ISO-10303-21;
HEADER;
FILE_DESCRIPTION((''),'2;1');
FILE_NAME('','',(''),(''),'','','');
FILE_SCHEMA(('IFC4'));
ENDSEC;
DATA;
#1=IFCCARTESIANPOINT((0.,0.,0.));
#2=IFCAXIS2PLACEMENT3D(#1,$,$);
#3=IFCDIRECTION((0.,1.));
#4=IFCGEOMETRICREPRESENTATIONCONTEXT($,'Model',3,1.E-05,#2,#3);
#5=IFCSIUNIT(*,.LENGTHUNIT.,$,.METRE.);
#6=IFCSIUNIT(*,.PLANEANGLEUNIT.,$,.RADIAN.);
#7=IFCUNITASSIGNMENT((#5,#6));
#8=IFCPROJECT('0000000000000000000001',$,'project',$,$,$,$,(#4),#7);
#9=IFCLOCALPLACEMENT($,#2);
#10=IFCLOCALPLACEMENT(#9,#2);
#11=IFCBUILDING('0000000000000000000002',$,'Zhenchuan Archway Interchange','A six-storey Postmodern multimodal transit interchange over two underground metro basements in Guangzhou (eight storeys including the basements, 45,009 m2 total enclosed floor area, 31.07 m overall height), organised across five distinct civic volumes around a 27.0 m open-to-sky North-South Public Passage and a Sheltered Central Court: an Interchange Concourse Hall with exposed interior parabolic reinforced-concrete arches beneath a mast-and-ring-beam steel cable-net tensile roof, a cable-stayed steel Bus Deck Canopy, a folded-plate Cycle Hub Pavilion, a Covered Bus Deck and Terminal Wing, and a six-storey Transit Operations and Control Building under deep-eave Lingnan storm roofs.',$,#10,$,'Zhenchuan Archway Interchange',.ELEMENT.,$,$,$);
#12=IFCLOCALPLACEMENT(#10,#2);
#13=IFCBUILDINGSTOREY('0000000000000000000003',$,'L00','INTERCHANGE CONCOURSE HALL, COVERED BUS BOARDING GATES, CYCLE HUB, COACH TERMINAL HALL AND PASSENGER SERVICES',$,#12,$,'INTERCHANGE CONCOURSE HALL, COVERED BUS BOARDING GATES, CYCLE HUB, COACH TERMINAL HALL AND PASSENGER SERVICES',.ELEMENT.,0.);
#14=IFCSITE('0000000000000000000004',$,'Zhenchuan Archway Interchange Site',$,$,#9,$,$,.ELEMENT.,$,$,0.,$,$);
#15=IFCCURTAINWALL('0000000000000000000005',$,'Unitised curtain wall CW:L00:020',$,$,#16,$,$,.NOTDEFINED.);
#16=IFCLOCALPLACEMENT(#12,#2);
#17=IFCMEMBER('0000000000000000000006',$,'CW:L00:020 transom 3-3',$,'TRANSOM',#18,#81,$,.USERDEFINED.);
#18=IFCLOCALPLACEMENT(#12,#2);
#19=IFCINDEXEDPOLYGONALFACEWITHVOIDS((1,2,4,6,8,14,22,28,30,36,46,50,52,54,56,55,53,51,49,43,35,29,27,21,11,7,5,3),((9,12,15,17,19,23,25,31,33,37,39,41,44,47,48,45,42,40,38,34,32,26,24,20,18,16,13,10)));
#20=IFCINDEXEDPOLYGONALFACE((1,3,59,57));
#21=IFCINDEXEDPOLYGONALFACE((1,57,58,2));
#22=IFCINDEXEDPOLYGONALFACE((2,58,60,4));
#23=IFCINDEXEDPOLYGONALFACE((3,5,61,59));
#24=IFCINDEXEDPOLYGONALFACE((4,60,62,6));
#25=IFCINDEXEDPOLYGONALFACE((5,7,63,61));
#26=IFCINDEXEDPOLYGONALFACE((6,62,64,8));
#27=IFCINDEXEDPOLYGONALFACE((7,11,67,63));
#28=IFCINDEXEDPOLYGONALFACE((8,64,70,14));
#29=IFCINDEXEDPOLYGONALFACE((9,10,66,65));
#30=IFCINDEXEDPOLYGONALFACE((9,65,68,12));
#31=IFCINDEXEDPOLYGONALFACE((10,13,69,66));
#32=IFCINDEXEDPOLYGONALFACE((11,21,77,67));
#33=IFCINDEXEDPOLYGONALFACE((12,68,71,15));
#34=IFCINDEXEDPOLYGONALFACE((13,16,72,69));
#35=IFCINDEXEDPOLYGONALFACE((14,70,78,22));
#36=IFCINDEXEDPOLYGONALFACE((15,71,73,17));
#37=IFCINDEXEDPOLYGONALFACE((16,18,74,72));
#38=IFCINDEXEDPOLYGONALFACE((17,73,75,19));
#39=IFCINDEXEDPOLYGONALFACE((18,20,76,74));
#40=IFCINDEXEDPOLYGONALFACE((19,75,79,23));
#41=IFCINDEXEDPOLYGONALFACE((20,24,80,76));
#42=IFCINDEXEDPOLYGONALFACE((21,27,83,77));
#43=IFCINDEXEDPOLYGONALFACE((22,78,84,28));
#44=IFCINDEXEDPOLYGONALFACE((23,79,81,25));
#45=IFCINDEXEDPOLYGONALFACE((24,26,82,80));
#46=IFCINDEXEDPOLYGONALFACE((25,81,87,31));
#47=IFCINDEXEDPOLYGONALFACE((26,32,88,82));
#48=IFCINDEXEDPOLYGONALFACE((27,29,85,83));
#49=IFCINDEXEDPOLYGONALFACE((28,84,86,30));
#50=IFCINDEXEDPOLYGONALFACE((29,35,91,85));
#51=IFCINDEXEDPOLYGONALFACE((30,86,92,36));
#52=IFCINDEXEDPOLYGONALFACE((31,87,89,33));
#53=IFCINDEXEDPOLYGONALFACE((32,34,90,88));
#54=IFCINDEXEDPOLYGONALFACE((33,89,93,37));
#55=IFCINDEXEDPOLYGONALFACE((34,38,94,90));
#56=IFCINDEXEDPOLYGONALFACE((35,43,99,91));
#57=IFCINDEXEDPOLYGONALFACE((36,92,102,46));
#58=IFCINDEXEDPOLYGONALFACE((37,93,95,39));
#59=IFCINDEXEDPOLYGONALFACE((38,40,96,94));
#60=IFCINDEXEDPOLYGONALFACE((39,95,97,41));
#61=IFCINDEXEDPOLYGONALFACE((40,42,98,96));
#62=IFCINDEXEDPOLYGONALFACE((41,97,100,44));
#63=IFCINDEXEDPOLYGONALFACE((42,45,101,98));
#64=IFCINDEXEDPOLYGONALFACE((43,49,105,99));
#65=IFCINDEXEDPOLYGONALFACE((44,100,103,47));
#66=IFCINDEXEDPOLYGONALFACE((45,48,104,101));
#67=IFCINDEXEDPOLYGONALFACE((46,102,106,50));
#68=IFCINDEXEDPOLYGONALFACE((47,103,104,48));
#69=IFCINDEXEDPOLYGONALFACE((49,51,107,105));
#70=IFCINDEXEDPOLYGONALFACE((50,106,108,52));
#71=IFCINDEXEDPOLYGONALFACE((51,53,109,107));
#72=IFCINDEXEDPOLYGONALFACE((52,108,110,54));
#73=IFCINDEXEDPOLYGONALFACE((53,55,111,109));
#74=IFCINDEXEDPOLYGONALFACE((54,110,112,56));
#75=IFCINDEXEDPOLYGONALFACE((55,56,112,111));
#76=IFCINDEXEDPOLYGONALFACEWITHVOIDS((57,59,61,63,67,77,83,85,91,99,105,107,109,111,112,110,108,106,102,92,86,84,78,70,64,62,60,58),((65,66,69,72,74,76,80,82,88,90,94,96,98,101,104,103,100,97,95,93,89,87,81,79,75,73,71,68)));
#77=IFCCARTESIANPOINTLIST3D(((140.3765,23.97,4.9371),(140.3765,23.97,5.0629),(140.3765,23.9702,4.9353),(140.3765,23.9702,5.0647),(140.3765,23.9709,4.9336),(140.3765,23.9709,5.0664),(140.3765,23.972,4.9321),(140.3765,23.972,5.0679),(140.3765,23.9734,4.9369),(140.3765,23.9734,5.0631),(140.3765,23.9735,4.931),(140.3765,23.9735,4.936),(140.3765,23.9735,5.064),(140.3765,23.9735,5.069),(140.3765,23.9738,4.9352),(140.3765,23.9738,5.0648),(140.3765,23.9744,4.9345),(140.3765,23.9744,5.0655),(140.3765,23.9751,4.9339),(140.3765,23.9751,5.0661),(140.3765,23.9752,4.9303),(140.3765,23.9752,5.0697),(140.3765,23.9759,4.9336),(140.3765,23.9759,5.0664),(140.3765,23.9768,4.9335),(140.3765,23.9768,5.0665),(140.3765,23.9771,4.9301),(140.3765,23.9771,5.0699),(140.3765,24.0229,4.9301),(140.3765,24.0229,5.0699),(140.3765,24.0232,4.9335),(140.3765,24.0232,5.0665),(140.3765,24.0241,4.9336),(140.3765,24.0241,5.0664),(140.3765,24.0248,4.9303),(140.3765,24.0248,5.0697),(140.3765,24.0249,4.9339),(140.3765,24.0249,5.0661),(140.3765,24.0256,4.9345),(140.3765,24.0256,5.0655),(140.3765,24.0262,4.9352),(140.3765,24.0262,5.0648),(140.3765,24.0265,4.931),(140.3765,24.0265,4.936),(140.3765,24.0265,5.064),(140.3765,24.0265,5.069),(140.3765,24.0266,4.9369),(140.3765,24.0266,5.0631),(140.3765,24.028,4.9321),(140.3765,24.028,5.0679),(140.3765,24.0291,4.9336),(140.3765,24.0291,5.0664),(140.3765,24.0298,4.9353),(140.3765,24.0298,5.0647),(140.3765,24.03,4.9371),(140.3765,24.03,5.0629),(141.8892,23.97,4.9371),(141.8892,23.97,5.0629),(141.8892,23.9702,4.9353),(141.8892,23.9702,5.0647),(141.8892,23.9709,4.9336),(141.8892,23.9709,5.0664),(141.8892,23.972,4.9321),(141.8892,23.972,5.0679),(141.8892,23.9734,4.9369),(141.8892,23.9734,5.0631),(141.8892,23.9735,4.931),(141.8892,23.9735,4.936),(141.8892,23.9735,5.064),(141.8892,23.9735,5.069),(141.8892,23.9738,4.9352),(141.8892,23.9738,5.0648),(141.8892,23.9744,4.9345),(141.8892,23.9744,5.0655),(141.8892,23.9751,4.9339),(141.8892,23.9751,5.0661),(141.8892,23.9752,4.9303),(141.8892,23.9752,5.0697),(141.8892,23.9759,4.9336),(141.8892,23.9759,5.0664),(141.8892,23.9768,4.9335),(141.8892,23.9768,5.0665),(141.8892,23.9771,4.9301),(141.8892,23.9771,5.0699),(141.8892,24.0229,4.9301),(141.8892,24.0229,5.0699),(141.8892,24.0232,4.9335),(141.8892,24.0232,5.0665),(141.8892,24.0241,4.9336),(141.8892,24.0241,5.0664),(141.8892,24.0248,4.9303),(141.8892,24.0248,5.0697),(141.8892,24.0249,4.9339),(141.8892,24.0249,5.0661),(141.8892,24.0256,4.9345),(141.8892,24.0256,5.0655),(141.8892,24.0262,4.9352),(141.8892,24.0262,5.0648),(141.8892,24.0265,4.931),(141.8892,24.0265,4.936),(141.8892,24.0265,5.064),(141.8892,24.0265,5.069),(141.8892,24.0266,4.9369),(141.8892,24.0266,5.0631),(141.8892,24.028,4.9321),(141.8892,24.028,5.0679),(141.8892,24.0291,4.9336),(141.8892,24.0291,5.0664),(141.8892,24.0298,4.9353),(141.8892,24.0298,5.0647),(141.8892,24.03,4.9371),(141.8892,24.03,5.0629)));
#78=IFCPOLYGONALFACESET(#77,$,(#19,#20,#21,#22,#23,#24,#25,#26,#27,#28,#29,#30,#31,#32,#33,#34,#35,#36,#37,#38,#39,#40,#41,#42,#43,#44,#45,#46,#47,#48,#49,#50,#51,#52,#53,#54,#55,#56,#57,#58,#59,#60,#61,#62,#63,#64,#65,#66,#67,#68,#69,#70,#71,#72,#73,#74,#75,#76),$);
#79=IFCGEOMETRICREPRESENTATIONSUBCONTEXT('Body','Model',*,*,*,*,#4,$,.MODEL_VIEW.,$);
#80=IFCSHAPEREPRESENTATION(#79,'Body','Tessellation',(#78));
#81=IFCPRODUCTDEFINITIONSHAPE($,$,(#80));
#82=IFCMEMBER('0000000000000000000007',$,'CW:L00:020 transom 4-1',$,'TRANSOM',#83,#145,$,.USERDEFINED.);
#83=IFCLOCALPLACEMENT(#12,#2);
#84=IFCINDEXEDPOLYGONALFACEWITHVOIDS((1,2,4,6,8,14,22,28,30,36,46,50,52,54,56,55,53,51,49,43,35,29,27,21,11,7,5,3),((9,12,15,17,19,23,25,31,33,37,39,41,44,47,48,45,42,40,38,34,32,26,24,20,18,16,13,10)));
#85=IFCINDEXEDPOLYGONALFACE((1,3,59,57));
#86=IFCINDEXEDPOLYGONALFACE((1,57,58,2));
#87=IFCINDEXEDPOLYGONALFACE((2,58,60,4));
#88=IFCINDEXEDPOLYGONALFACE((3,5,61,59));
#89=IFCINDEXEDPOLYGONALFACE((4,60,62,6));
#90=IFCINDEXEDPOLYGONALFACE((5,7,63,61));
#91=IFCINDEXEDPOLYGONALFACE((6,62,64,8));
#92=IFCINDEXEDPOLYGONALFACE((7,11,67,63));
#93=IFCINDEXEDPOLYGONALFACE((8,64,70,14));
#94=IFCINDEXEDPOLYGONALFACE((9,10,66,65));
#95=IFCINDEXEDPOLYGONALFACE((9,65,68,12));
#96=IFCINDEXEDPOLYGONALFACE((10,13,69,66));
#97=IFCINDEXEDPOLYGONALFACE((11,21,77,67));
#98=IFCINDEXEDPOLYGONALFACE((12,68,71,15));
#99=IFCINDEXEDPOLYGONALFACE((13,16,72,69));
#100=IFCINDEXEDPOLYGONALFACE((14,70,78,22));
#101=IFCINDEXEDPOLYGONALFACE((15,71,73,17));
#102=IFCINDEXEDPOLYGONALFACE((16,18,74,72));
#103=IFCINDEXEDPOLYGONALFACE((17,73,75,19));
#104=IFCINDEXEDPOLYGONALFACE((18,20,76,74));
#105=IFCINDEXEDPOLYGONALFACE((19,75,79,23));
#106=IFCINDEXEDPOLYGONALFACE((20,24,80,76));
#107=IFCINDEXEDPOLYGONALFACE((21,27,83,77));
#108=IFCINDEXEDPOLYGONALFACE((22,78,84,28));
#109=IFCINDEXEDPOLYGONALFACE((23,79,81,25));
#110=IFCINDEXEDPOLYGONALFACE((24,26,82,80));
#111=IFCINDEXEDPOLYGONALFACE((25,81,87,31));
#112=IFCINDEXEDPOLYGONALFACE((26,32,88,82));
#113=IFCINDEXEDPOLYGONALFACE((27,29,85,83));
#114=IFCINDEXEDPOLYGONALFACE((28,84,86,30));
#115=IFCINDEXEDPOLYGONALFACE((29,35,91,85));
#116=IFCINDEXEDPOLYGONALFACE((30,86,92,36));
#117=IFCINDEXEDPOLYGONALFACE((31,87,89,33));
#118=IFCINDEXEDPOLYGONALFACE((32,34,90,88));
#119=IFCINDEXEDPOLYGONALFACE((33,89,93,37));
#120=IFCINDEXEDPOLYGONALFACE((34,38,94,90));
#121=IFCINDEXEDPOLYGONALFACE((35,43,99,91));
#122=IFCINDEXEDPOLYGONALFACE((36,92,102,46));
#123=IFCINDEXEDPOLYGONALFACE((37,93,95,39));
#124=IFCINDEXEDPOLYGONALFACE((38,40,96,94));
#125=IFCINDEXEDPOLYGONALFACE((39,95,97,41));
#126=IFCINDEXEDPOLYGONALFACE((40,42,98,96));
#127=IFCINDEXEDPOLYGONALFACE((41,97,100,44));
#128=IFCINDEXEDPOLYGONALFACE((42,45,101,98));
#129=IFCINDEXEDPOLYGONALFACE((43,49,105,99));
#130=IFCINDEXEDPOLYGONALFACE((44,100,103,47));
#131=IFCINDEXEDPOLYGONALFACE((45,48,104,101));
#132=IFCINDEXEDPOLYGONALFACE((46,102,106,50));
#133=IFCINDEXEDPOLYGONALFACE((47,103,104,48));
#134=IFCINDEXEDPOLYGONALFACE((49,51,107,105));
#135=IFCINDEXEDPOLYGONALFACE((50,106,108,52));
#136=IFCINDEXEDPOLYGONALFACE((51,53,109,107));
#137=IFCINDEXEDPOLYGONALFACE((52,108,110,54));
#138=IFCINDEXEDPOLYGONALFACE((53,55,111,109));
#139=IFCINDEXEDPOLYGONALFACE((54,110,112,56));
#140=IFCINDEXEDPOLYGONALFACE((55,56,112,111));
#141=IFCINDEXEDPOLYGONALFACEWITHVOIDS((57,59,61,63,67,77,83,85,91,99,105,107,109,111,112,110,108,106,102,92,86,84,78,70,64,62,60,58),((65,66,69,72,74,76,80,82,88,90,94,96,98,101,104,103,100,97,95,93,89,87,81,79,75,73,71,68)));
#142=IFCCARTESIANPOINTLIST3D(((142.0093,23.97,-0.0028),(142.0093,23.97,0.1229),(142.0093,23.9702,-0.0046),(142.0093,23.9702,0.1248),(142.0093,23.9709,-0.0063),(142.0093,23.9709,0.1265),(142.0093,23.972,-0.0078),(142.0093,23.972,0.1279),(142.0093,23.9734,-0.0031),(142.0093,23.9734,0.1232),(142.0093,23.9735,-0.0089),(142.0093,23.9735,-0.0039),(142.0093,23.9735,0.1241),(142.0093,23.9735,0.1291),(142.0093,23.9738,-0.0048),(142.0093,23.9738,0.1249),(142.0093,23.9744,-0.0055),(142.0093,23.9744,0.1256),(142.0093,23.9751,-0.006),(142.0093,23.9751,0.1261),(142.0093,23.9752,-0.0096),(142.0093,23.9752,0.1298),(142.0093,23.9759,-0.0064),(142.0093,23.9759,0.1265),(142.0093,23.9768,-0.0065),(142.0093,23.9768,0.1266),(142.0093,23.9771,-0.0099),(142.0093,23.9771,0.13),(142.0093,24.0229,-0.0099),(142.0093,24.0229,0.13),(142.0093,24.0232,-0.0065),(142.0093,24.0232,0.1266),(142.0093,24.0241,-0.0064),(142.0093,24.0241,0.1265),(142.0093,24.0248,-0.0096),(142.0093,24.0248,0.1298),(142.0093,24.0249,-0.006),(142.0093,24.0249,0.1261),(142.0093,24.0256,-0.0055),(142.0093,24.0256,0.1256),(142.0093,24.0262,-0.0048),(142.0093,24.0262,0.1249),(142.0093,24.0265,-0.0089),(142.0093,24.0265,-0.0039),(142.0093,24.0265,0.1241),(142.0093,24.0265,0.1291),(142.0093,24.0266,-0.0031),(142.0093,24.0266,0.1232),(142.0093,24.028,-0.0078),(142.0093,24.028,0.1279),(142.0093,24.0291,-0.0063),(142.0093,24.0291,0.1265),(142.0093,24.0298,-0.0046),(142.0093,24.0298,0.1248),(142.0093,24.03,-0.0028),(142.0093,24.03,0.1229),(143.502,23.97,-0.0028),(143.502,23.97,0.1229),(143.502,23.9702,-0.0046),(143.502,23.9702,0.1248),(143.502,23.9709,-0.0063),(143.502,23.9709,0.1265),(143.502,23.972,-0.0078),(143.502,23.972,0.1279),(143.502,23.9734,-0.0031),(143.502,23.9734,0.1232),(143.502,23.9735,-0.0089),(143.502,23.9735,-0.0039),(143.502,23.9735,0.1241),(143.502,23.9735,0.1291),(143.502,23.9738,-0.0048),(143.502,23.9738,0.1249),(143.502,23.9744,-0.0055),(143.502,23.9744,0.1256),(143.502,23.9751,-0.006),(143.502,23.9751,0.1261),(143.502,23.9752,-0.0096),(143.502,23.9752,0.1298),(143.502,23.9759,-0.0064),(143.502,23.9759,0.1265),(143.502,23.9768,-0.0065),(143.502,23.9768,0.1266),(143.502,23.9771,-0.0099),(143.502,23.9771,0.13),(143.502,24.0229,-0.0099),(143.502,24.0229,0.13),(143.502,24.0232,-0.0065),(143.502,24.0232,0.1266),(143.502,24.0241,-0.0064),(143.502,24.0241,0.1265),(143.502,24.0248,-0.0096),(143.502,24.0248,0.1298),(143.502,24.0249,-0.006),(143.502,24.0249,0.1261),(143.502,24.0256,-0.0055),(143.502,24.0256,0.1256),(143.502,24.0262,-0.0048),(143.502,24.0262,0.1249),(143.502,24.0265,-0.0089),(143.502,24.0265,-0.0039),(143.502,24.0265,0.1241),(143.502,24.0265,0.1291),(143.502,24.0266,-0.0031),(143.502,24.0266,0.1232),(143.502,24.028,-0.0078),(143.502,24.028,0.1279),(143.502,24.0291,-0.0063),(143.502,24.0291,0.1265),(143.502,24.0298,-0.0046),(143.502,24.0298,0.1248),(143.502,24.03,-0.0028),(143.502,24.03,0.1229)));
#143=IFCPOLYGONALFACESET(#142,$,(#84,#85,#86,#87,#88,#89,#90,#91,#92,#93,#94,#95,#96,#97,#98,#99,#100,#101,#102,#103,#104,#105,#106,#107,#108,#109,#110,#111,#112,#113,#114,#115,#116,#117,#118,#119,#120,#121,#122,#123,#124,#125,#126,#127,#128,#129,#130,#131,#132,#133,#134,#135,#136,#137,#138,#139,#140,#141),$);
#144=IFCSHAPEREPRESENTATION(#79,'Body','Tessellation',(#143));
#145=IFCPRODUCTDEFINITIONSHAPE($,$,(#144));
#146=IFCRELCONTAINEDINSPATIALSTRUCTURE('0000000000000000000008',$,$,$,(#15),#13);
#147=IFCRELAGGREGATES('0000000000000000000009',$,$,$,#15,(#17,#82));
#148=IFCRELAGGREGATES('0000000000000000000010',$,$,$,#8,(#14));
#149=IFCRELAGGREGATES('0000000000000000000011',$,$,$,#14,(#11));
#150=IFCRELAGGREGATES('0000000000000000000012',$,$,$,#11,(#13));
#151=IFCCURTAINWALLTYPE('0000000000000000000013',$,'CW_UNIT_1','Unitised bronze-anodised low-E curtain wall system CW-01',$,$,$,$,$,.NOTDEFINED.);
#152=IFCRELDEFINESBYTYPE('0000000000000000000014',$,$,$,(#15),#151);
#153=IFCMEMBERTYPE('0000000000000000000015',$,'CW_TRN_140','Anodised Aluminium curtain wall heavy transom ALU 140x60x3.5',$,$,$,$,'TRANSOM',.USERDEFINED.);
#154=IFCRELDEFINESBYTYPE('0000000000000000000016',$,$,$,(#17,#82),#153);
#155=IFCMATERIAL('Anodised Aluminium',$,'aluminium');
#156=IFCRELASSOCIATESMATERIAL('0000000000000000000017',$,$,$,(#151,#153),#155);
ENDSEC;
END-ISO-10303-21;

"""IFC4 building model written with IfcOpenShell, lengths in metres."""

from ifc_helpers import new_model, si_unit, direction, frame, origin, origin_2d, place, context, subcontext, project, spatial, hollow_rectangle, extrude, material, material_profile, profile_set, type_object, element, aggregate, save


model = new_model("IFC4")

# Units and contexts
model_context = context("Model", 3, precision=1e-05, world=origin(), true_north=direction((0.0, 1.0)))
body_context = subcontext(model_context, "Body", "Model", "MODEL_VIEW")
ifc_project = project(units=[si_unit("LENGTHUNIT", "METRE"), si_unit("PLANEANGLEUNIT", "RADIAN")], contexts=[model_context])

# Site, building, storey
site_placement = place(None, origin())
site = spatial("IfcSite", under=ifc_project, at=site_placement, Name="Zhenchuan Archway Interchange Site", CompositionType="ELEMENT", RefElevation=0.0)
building_placement = place(site_placement, origin())
building = spatial("IfcBuilding", under=site, at=building_placement, Name="Zhenchuan Archway Interchange", Description="A six-storey Postmodern multimodal transit interchange over two underground metro basements in Guangzhou (eight storeys including the basements, 45,009 m2 total enclosed floor area, 31.07 m overall height), organised across five distinct civic volumes around a 27.0 m open-to-sky North-South Public Passage and a Sheltered Central Court: an Interchange Concourse Hall with exposed interior parabolic reinforced-concrete arches beneath a mast-and-ring-beam steel cable-net tensile roof, a cable-stayed steel Bus Deck Canopy, a folded-plate Cycle Hub Pavilion, a Covered Bus Deck and Terminal Wing, and a six-storey Transit Operations and Control Building under deep-eave Lingnan storm roofs.", LongName="Zhenchuan Archway Interchange", CompositionType="ELEMENT")
storey_placement = place(building_placement, origin())
storey = spatial("IfcBuildingStorey", under=building, at=storey_placement, Name="L00", Description="INTERCHANGE CONCOURSE HALL, COVERED BUS BOARDING GATES, CYCLE HUB, COACH TERMINAL HALL AND PASSENGER SERVICES", LongName="INTERCHANGE CONCOURSE HALL, COVERED BUS BOARDING GATES, CYCLE HUB, COACH TERMINAL HALL AND PASSENGER SERVICES", CompositionType="ELEMENT", Elevation=0.0)

# Curtain wall, members
ifc_material_1 = material(Name="Anodised Aluminium", Category="aluminium")
curtain_wall_type = type_object("IfcCurtainWallType", Name="CW_UNIT_1", Description="Unitised bronze-anodised low-E curtain wall system CW-01", PredefinedType="NOTDEFINED", material=ifc_material_1)
curtain_wall_placement = place(storey_placement, origin())
curtain_wall = element("IfcCurtainWall", 1, at=curtain_wall_placement, inside=storey, type_object=curtain_wall_type, Name="Unitised curtain wall CW:L00:020", PredefinedType="NOTDEFINED")
ifc_material_profile_1 = material_profile(ifc_material_1, hollow_rectangle(XDim=0.0601, YDim=0.1399, WallThickness=0.0034, InnerFilletRadius=0.0034, OuterFilletRadius=0.0071, at=origin_2d()), Name="ALU 140x60x3.5")
ifc_profile_set_1 = profile_set([ifc_material_profile_1], Name="Anodised Aluminium")
member_type_1 = type_object("IfcMemberType", Name="CW_TRN_140", Description="Anodised Aluminium curtain wall heavy transom ALU 140x60x3.5", ElementType="TRANSOM", PredefinedType="USERDEFINED", material=ifc_profile_set_1)
member_1_placement = place(storey_placement, frame((140.3765, 24.0, 5.0), z_axis=(1.0, 0.0, 0.0), x_axis=(0.0, 1.0, 0.0)))
member_1 = element("IfcMember", 2, at=member_1_placement, type_object=member_type_1, Name="CW:L00:020 transom 3-3", ObjectType="TRANSOM", PredefinedType="USERDEFINED", context=body_context, shape_type="SweptSolid", body=[
    extrude(hollow_rectangle(XDim=0.0601, YDim=0.1399, WallThickness=0.0034, InnerFilletRadius=0.0034, OuterFilletRadius=0.0071, at=origin_2d()), origin(), (0.0, 0.0, 1.0), 1.5127),
])
member_2_placement = place(storey_placement, frame((142.0093, 24.0, 0.0601), z_axis=(1.0, 0.0, 0.0), x_axis=(0.0, 1.0, 0.0)))
member_2 = element("IfcMember", 3, at=member_2_placement, type_object=member_type_1, Name="CW:L00:020 transom 4-1", ObjectType="TRANSOM", PredefinedType="USERDEFINED", context=body_context, shape_type="SweptSolid", body=[
    extrude(hollow_rectangle(XDim=0.0601, YDim=0.1399, WallThickness=0.0034, InnerFilletRadius=0.0034, OuterFilletRadius=0.0071, at=origin_2d()), origin(), (0.0, 0.0, 1.0), 1.4927),
])
aggregate(curtain_wall, [member_1, member_2])

save(model, "model.ifc")
